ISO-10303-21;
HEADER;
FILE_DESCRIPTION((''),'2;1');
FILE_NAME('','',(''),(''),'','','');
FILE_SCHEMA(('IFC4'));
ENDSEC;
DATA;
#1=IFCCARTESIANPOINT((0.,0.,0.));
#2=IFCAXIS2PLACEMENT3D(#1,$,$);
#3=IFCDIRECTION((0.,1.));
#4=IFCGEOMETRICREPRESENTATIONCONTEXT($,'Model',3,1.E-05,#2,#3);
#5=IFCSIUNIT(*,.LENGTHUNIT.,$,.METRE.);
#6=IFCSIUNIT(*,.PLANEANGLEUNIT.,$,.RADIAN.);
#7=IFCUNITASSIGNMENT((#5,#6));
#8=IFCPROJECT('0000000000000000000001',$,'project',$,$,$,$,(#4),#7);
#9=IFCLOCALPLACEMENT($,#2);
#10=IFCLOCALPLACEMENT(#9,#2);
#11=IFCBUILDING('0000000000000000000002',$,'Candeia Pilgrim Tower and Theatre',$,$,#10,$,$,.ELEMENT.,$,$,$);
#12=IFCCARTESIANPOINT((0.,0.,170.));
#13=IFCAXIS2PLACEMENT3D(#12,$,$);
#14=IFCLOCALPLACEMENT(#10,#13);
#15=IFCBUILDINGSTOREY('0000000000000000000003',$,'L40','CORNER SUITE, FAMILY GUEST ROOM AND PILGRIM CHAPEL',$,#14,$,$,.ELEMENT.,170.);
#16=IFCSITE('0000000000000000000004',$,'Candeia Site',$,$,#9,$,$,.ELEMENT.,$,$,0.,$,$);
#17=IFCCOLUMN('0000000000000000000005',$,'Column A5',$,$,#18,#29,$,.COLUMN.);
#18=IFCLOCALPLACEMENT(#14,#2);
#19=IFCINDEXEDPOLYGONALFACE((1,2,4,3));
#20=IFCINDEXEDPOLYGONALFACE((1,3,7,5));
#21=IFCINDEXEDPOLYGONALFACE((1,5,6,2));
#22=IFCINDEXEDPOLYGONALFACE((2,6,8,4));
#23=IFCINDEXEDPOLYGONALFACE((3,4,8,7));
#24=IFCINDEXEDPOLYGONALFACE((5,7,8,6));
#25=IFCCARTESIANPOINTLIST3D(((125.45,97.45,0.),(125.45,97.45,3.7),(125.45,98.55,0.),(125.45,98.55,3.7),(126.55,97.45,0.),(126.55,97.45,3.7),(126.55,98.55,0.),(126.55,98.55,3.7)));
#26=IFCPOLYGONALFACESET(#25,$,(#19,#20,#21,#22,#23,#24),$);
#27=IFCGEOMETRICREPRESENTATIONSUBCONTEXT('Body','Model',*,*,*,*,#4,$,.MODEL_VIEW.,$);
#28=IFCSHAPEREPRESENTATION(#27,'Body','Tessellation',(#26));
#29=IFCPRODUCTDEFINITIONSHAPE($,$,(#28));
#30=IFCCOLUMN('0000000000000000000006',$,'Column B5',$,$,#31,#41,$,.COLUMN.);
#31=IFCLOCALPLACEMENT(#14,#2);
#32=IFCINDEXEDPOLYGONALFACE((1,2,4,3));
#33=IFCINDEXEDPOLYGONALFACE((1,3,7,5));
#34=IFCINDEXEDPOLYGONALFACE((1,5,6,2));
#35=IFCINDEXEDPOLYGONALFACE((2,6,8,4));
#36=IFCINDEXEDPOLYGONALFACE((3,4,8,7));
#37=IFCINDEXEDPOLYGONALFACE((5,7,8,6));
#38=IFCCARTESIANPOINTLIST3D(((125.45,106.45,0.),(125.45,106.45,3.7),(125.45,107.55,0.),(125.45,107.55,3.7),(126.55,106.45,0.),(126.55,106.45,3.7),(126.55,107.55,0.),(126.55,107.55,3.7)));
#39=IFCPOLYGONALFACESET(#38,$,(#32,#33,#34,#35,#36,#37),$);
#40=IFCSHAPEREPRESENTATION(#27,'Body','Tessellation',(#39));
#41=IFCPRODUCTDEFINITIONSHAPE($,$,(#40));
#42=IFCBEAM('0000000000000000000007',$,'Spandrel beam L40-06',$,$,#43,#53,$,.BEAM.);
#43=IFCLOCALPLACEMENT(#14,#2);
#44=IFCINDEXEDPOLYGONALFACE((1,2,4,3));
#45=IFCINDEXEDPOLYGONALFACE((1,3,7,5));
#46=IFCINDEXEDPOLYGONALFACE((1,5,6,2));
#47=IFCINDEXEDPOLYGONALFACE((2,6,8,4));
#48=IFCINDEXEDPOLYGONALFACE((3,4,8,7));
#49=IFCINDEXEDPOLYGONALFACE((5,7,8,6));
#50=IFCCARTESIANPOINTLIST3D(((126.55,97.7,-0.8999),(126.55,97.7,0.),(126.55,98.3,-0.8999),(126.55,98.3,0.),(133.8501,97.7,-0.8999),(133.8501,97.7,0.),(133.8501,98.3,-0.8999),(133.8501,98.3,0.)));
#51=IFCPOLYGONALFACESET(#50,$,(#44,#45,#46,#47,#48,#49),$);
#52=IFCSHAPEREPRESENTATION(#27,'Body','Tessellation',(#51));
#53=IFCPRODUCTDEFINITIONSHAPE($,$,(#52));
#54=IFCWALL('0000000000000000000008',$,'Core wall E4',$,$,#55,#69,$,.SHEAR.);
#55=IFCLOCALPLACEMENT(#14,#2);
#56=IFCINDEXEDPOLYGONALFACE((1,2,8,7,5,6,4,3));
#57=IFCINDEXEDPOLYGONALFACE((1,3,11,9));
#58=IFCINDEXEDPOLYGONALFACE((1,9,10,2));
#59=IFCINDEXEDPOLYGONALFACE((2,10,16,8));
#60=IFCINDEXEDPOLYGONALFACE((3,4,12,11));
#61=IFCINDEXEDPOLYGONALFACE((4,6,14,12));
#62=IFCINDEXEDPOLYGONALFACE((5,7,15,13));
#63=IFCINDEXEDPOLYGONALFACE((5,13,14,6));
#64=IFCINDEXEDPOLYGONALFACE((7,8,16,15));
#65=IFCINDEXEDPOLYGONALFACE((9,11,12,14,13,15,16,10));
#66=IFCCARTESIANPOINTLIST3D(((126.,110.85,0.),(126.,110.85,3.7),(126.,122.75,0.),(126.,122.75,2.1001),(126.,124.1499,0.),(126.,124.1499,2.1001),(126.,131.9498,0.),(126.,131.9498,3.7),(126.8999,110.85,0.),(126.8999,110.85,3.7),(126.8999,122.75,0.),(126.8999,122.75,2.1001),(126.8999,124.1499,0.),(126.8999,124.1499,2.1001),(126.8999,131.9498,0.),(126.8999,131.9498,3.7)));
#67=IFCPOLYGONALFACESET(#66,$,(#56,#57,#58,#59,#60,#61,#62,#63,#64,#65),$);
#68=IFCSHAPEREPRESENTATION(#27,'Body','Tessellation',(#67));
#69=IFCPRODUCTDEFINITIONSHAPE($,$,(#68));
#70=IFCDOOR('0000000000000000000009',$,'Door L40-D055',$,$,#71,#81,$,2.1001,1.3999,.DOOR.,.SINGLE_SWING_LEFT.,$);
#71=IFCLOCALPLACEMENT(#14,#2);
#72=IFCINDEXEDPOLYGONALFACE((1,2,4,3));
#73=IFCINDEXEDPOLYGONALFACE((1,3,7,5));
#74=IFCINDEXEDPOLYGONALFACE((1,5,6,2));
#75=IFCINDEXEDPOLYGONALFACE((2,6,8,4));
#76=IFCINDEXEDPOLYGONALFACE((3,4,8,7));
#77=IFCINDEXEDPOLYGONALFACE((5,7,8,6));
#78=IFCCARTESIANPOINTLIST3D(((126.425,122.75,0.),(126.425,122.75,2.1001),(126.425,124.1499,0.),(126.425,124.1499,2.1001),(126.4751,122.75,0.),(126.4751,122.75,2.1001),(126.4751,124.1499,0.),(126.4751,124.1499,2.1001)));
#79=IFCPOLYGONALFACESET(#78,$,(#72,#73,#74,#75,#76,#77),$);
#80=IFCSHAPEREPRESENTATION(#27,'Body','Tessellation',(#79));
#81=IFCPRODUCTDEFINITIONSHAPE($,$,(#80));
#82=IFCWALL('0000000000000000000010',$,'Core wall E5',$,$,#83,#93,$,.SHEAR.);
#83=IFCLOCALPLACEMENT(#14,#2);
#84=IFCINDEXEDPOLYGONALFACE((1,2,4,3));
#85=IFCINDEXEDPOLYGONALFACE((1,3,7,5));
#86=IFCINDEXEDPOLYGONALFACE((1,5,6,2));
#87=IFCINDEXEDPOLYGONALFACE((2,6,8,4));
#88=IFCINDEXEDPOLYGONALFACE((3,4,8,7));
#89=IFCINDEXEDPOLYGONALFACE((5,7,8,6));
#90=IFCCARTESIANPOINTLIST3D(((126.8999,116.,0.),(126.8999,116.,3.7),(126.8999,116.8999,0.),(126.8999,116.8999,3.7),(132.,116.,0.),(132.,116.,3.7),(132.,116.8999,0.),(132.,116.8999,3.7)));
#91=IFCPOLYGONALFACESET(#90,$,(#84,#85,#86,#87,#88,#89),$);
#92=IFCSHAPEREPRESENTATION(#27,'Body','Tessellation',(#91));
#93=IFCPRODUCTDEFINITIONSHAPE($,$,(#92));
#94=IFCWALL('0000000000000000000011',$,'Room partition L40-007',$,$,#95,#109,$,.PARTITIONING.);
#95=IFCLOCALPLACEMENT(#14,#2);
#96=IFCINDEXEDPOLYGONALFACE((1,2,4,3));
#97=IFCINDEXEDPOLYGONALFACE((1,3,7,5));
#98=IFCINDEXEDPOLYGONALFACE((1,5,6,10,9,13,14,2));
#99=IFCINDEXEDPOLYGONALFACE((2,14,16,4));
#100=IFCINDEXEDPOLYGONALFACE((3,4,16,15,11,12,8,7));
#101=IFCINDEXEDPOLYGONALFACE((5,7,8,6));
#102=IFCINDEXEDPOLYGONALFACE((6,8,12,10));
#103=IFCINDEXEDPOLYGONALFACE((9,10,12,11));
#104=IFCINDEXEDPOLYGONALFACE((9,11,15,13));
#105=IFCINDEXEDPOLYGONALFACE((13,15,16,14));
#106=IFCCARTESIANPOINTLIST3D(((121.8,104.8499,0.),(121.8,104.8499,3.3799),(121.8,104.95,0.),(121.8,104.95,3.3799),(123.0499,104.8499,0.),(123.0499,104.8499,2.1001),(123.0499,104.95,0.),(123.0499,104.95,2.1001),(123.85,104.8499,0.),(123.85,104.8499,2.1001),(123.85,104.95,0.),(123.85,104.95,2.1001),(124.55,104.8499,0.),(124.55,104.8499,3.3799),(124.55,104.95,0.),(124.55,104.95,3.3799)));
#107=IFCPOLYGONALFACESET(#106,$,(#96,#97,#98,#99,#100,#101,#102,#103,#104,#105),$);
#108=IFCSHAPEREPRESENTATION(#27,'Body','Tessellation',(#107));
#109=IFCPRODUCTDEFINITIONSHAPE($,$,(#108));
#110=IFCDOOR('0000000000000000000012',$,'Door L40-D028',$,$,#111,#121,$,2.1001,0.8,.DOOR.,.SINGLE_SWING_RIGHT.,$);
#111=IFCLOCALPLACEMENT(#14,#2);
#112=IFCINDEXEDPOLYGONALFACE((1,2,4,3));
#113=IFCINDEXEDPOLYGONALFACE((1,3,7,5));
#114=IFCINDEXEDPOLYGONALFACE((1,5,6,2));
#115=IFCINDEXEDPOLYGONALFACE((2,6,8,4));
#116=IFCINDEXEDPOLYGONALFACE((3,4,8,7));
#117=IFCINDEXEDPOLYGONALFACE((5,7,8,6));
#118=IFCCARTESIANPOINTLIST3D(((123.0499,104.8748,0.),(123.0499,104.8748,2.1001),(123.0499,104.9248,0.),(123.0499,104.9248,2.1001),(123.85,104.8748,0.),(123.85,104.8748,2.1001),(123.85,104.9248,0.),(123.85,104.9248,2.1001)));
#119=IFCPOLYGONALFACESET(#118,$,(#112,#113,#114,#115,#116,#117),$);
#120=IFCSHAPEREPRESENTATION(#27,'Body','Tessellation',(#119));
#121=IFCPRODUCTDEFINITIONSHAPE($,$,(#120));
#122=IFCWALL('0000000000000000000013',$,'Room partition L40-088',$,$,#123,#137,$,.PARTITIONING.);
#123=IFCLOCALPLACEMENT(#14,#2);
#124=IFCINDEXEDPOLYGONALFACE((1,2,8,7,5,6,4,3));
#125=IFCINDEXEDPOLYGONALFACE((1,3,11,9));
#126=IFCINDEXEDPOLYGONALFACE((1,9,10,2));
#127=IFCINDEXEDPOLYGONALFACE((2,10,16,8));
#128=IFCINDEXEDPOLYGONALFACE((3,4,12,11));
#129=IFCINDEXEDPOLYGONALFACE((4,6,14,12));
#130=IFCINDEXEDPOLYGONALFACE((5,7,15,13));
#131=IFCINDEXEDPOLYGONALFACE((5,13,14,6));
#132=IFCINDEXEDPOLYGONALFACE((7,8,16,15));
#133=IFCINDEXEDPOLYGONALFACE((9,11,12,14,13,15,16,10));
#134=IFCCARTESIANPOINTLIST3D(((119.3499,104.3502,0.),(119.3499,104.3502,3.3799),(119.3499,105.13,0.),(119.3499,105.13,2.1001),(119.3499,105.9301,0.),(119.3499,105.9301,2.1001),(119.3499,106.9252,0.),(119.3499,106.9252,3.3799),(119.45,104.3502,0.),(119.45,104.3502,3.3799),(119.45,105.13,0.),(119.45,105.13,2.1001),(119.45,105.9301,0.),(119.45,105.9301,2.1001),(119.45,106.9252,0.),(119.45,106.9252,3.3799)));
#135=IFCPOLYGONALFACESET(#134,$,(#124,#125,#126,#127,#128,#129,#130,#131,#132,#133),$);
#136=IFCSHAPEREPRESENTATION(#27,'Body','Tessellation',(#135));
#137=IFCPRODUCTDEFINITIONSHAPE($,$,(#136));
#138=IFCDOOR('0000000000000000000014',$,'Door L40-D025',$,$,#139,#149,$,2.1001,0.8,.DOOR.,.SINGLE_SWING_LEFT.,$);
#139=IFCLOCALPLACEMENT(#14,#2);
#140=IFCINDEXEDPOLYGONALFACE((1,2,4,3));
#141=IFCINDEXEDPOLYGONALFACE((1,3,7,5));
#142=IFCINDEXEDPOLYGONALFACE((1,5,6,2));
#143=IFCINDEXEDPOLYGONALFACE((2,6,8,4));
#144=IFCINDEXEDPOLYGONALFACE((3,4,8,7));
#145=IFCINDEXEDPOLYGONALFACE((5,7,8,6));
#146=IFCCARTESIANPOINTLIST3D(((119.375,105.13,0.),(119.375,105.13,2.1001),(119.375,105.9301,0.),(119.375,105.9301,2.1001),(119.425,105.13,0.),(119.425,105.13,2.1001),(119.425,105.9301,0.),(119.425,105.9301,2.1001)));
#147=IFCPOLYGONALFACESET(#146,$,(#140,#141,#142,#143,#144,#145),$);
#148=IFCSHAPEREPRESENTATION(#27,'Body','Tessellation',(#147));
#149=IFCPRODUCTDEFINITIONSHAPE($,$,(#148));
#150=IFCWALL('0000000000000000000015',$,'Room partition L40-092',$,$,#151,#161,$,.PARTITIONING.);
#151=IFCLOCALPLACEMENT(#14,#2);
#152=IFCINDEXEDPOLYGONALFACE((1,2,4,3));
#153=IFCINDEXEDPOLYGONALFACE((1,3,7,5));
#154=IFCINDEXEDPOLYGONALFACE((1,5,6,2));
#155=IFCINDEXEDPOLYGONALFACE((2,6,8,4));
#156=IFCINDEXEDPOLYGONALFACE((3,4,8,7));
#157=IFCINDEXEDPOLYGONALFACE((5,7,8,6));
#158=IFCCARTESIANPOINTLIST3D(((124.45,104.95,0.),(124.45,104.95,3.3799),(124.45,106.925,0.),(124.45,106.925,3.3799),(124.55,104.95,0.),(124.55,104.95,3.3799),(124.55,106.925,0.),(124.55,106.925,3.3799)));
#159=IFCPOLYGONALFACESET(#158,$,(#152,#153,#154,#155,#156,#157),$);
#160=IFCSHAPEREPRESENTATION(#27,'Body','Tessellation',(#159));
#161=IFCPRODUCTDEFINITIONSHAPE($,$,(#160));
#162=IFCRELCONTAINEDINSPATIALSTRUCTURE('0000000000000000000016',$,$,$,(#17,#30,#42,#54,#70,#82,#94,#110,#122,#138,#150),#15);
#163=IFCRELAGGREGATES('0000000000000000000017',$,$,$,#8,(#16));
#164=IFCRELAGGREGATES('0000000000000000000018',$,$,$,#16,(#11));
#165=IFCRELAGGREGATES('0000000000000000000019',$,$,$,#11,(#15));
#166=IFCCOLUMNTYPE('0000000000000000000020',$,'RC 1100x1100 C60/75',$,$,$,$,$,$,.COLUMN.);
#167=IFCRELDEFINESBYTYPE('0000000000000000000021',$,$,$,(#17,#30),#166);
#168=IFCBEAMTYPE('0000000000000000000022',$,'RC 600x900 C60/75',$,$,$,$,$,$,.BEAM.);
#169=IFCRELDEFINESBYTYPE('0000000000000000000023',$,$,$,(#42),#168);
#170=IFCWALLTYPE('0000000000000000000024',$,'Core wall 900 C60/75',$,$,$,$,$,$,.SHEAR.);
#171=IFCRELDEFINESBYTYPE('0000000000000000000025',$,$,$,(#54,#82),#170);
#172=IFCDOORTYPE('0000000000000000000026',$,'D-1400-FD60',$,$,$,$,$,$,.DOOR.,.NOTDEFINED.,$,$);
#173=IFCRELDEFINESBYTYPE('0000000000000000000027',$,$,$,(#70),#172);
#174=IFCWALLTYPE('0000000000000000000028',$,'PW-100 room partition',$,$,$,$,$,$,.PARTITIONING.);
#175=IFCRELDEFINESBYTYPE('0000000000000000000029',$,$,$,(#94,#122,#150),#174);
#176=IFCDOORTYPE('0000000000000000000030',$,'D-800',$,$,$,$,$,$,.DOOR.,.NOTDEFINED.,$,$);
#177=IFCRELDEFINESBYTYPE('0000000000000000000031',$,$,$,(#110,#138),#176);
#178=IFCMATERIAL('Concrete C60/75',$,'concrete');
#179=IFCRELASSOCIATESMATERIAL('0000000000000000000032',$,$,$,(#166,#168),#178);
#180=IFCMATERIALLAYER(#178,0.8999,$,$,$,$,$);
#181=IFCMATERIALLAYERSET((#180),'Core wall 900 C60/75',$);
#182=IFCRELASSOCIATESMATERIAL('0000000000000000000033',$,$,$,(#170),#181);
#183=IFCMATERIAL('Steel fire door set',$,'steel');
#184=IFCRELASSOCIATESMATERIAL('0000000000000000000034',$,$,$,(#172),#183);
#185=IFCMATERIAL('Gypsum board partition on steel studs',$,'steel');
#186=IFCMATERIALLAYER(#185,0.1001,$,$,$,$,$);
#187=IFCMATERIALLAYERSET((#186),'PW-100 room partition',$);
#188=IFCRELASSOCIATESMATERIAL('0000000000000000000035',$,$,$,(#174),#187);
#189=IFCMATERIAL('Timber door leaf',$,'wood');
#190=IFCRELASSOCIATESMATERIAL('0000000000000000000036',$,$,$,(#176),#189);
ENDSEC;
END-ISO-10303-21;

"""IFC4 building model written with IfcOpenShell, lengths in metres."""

from ifc_helpers import new_model, si_unit, direction, frame, frame_2d, origin, origin_2d, place, context, subcontext, project, spatial, rectangle, extrude, material, layer, layer_set, material_profile, profile_set, type_object, element, fill, save


model = new_model("IFC4")

# Units and contexts
model_context = context("Model", 3, precision=1e-05, world=origin(), true_north=direction((0.0, 1.0)))
body_context = subcontext(model_context, "Body", "Model", "MODEL_VIEW")
ifc_project = project(units=[si_unit("LENGTHUNIT", "METRE"), si_unit("PLANEANGLEUNIT", "RADIAN")], contexts=[model_context])

# Site, building, storey
site_placement = place(None, origin())
site = spatial("IfcSite", under=ifc_project, at=site_placement, Name="Candeia Site", CompositionType="ELEMENT", RefElevation=0.0)
building_placement = place(site_placement, origin())
building = spatial("IfcBuilding", under=site, at=building_placement, Name="Candeia Pilgrim Tower and Theatre", CompositionType="ELEMENT")
storey_placement = place(building_placement, frame((0.0, 0.0, 170.0)))
storey = spatial("IfcBuildingStorey", under=building, at=storey_placement, Name="L40", Description="CORNER SUITE, FAMILY GUEST ROOM AND PILGRIM CHAPEL", CompositionType="ELEMENT", Elevation=170.0)

# Columns
ifc_material_1 = material(Name="Concrete C60/75", Category="concrete")
ifc_material_profile_1 = material_profile(ifc_material_1, rectangle(XDim=1.1001, YDim=1.1001, at=origin_2d()))
ifc_profile_set_1 = profile_set([ifc_material_profile_1], Name="Concrete C60/75")
column_type = type_object("IfcColumnType", Name="RC 1100x1100 C60/75", PredefinedType="COLUMN", material=ifc_profile_set_1)
for number, where, z_axis, x_axis, name in (
    (1, (126.0, 98.0, 0.0), (0.0, 0.0, 1.0), (1.0, 0.0, 0.0), "Column A5"),
    (2, (126.0, 107.0, 0.0), (0.0, 0.0, 1.0), (1.0, 0.0, 0.0), "Column B5"),
):
    element("IfcColumn", number, at=place(storey_placement, frame(where, z_axis=z_axis, x_axis=x_axis)), inside=storey, type_object=column_type, Name=name, PredefinedType="COLUMN", context=body_context, shape_type="SweptSolid", body=[
        extrude(rectangle(XDim=1.1001, YDim=1.1001, at=origin_2d()), origin(), (0.0, 0.0, 1.0), 3.7),
    ])

# Beam
ifc_material_profile_2 = material_profile(ifc_material_1, rectangle(XDim=0.6001, YDim=0.8999, at=origin_2d()))
ifc_profile_set_2 = profile_set([ifc_material_profile_2], Name="Concrete C60/75")
beam_type = type_object("IfcBeamType", Name="RC 600x900 C60/75", PredefinedType="BEAM", material=ifc_profile_set_2)
beam_placement = place(storey_placement, frame((126.55, 98.0, -0.45), z_axis=(1.0, 0.0, 0.0), x_axis=(0.0, 1.0, 0.0)))
element("IfcBeam", 3, at=beam_placement, inside=storey, type_object=beam_type, Name="Spandrel beam L40-06", PredefinedType="BEAM", context=body_context, shape_type="SweptSolid", body=[
    extrude(rectangle(XDim=0.6001, YDim=0.8999, at=origin_2d()), origin(), (0.0, 0.0, 1.0), 7.3),
])

# Wall, opening, door
ifc_layer_1 = layer(ifc_material_1, 0.8999)
ifc_layer_set_1 = layer_set([ifc_layer_1], Name="Core wall 900 C60/75")
wall_type_1 = type_object("IfcWallType", Name="Core wall 900 C60/75", PredefinedType="SHEAR", material=ifc_layer_set_1)
wall_1_placement = place(storey_placement, frame((126.45, 110.8501, 0.0), z_axis=(0.0, 0.0, 1.0), x_axis=(0.0, 1.0, 0.0)))
wall_1 = element("IfcWall", 4, at=wall_1_placement, inside=storey, type_object=wall_type_1, Name="Core wall E4", PredefinedType="SHEAR", context=body_context, shape_type="SweptSolid", body=[
    extrude(rectangle(XDim=21.0999, YDim=0.8999, at=frame_2d((10.5498, 0.0))), origin(), (0.0, 0.0, 1.0), 3.7),
])
opening_1_placement = place(wall_1_placement, frame((11.8999, 0.0, 0.0)))
opening_1 = element("IfcOpeningElement", 5, at=opening_1_placement, cuts=wall_1, PredefinedType="OPENING", context=body_context, shape_type="SweptSolid", body=[
    extrude(rectangle(XDim=1.3999, YDim=2.1001, at=frame_2d((0.7, 1.05))), frame((0.0, 0.46, 0.0), z_axis=(0.0, -1.0, 0.0), x_axis=(1.0, 0.0, 0.0)), (0.0, 0.0, 1.0), 0.9199),
])
ifc_material_2 = material(Name="Steel fire door set", Category="steel")
door_type_1 = type_object("IfcDoorType", Name="D-1400-FD60", OperationType="NOTDEFINED", PredefinedType="DOOR", material=ifc_material_2)
door_1_placement = place(opening_1_placement, origin())
door_1 = element("IfcDoor", 6, at=door_1_placement, inside=storey, type_object=door_type_1, Name="Door L40-D055", OperationType="SINGLE_SWING_LEFT", OverallHeight=2.1001, OverallWidth=1.3999, PredefinedType="DOOR", context=body_context, shape_type="SweptSolid", body=[
    extrude(rectangle(XDim=1.3999, YDim=2.1001, at=frame_2d((0.7, 1.05))), frame((0.0, 0.0249, 0.0), z_axis=(0.0, -1.0, 0.0), x_axis=(1.0, 0.0, 0.0)), (0.0, 0.0, 1.0), 0.05),
])
fill(opening_1, door_1)

# Wall
wall_2_placement = place(storey_placement, frame((126.8999, 116.45, 0.0), z_axis=(0.0, 0.0, 1.0), x_axis=(1.0, 0.0, 0.0)))
element("IfcWall", 7, at=wall_2_placement, inside=storey, type_object=wall_type_1, Name="Core wall E5", PredefinedType="SHEAR", context=body_context, shape_type="SweptSolid", body=[
    extrude(rectangle(XDim=5.1001, YDim=0.8999, at=frame_2d((2.55, 0.0))), origin(), (0.0, 0.0, 1.0), 3.7),
])

# Walls, openings, doors
ifc_material_3 = material(Name="Gypsum board partition on steel studs", Category="steel")
ifc_layer_2 = layer(ifc_material_3, 0.1001)
ifc_layer_set_2 = layer_set([ifc_layer_2], Name="PW-100 room partition")
wall_type_2 = type_object("IfcWallType", Name="PW-100 room partition", PredefinedType="PARTITIONING", material=ifc_layer_set_2)
wall_3_placement = place(storey_placement, frame((121.8, 104.8999, 0.0), z_axis=(0.0, 0.0, 1.0), x_axis=(1.0, 0.0, 0.0)))
wall_3 = element("IfcWall", 8, at=wall_3_placement, inside=storey, type_object=wall_type_2, Name="Room partition L40-007", PredefinedType="PARTITIONING", context=body_context, shape_type="SweptSolid", body=[
    extrude(rectangle(XDim=2.75, YDim=0.1001, at=frame_2d((1.375, 0.0))), origin(), (0.0, 0.0, 1.0), 3.3799),
])
opening_2_placement = place(wall_3_placement, frame((1.25, 0.0, 0.0)))
opening_2 = element("IfcOpeningElement", 9, at=opening_2_placement, cuts=wall_3, PredefinedType="OPENING", context=body_context, shape_type="SweptSolid", body=[
    extrude(rectangle(XDim=0.8, YDim=2.1001, at=frame_2d((0.3999, 1.05))), frame((0.0, 0.0601, 0.0), z_axis=(0.0, -1.0, 0.0), x_axis=(1.0, 0.0, 0.0)), (0.0, 0.0, 1.0), 0.1201),
])
ifc_material_4 = material(Name="Timber door leaf", Category="wood")
door_type_2 = type_object("IfcDoorType", Name="D-800", OperationType="NOTDEFINED", PredefinedType="DOOR", material=ifc_material_4)
door_2_placement = place(opening_2_placement, origin())
door_2 = element("IfcDoor", 10, at=door_2_placement, inside=storey, type_object=door_type_2, Name="Door L40-D028", OperationType="SINGLE_SWING_RIGHT", OverallHeight=2.1001, OverallWidth=0.8, PredefinedType="DOOR", context=body_context, shape_type="SweptSolid", body=[
    extrude(rectangle(XDim=0.8, YDim=2.1001, at=frame_2d((0.3999, 1.05))), frame((0.0, 0.0249, 0.0), z_axis=(0.0, -1.0, 0.0), x_axis=(1.0, 0.0, 0.0)), (0.0, 0.0, 1.0), 0.05),
])
fill(opening_2, door_2)
wall_4_placement = place(storey_placement, frame((119.3999, 104.3501, 0.0), z_axis=(0.0, 0.0, 1.0), x_axis=(0.0, 1.0, 0.0)))
wall_4 = element("IfcWall", 11, at=wall_4_placement, inside=storey, type_object=wall_type_2, Name="Room partition L40-088", PredefinedType="PARTITIONING", context=body_context, shape_type="SweptSolid", body=[
    extrude(rectangle(XDim=2.575, YDim=0.1001, at=frame_2d((1.2876, 0.0))), origin(), (0.0, 0.0, 1.0), 3.3799),
])
opening_3_placement = place(wall_4_placement, frame((0.78, 0.0, 0.0)))
opening_3 = element("IfcOpeningElement", 12, at=opening_3_placement, cuts=wall_4, PredefinedType="OPENING", context=body_context, shape_type="SweptSolid", body=[
    extrude(rectangle(XDim=0.8, YDim=2.1001, at=frame_2d((0.3999, 1.05))), frame((0.0, 0.0601, 0.0), z_axis=(0.0, -1.0, 0.0), x_axis=(1.0, 0.0, 0.0)), (0.0, 0.0, 1.0), 0.1201),
])
door_3_placement = place(opening_3_placement, origin())
door_3 = element("IfcDoor", 13, at=door_3_placement, inside=storey, type_object=door_type_2, Name="Door L40-D025", OperationType="SINGLE_SWING_LEFT", OverallHeight=2.1001, OverallWidth=0.8, PredefinedType="DOOR", context=body_context, shape_type="SweptSolid", body=[
    extrude(rectangle(XDim=0.8, YDim=2.1001, at=frame_2d((0.3999, 1.05))), frame((0.0, 0.0249, 0.0), z_axis=(0.0, -1.0, 0.0), x_axis=(1.0, 0.0, 0.0)), (0.0, 0.0, 1.0), 0.05),
])
fill(opening_3, door_3)

# Wall
wall_5_placement = place(storey_placement, frame((124.5, 104.95, 0.0), z_axis=(0.0, 0.0, 1.0), x_axis=(0.0, 1.0, 0.0)))
element("IfcWall", 14, at=wall_5_placement, inside=storey, type_object=wall_type_2, Name="Room partition L40-092", PredefinedType="PARTITIONING", context=body_context, shape_type="SweptSolid", body=[
    extrude(rectangle(XDim=1.9751, YDim=0.1001, at=frame_2d((0.9875, 0.0))), origin(), (0.0, 0.0, 1.0), 3.3799),
])

save(model, "model.ifc")
